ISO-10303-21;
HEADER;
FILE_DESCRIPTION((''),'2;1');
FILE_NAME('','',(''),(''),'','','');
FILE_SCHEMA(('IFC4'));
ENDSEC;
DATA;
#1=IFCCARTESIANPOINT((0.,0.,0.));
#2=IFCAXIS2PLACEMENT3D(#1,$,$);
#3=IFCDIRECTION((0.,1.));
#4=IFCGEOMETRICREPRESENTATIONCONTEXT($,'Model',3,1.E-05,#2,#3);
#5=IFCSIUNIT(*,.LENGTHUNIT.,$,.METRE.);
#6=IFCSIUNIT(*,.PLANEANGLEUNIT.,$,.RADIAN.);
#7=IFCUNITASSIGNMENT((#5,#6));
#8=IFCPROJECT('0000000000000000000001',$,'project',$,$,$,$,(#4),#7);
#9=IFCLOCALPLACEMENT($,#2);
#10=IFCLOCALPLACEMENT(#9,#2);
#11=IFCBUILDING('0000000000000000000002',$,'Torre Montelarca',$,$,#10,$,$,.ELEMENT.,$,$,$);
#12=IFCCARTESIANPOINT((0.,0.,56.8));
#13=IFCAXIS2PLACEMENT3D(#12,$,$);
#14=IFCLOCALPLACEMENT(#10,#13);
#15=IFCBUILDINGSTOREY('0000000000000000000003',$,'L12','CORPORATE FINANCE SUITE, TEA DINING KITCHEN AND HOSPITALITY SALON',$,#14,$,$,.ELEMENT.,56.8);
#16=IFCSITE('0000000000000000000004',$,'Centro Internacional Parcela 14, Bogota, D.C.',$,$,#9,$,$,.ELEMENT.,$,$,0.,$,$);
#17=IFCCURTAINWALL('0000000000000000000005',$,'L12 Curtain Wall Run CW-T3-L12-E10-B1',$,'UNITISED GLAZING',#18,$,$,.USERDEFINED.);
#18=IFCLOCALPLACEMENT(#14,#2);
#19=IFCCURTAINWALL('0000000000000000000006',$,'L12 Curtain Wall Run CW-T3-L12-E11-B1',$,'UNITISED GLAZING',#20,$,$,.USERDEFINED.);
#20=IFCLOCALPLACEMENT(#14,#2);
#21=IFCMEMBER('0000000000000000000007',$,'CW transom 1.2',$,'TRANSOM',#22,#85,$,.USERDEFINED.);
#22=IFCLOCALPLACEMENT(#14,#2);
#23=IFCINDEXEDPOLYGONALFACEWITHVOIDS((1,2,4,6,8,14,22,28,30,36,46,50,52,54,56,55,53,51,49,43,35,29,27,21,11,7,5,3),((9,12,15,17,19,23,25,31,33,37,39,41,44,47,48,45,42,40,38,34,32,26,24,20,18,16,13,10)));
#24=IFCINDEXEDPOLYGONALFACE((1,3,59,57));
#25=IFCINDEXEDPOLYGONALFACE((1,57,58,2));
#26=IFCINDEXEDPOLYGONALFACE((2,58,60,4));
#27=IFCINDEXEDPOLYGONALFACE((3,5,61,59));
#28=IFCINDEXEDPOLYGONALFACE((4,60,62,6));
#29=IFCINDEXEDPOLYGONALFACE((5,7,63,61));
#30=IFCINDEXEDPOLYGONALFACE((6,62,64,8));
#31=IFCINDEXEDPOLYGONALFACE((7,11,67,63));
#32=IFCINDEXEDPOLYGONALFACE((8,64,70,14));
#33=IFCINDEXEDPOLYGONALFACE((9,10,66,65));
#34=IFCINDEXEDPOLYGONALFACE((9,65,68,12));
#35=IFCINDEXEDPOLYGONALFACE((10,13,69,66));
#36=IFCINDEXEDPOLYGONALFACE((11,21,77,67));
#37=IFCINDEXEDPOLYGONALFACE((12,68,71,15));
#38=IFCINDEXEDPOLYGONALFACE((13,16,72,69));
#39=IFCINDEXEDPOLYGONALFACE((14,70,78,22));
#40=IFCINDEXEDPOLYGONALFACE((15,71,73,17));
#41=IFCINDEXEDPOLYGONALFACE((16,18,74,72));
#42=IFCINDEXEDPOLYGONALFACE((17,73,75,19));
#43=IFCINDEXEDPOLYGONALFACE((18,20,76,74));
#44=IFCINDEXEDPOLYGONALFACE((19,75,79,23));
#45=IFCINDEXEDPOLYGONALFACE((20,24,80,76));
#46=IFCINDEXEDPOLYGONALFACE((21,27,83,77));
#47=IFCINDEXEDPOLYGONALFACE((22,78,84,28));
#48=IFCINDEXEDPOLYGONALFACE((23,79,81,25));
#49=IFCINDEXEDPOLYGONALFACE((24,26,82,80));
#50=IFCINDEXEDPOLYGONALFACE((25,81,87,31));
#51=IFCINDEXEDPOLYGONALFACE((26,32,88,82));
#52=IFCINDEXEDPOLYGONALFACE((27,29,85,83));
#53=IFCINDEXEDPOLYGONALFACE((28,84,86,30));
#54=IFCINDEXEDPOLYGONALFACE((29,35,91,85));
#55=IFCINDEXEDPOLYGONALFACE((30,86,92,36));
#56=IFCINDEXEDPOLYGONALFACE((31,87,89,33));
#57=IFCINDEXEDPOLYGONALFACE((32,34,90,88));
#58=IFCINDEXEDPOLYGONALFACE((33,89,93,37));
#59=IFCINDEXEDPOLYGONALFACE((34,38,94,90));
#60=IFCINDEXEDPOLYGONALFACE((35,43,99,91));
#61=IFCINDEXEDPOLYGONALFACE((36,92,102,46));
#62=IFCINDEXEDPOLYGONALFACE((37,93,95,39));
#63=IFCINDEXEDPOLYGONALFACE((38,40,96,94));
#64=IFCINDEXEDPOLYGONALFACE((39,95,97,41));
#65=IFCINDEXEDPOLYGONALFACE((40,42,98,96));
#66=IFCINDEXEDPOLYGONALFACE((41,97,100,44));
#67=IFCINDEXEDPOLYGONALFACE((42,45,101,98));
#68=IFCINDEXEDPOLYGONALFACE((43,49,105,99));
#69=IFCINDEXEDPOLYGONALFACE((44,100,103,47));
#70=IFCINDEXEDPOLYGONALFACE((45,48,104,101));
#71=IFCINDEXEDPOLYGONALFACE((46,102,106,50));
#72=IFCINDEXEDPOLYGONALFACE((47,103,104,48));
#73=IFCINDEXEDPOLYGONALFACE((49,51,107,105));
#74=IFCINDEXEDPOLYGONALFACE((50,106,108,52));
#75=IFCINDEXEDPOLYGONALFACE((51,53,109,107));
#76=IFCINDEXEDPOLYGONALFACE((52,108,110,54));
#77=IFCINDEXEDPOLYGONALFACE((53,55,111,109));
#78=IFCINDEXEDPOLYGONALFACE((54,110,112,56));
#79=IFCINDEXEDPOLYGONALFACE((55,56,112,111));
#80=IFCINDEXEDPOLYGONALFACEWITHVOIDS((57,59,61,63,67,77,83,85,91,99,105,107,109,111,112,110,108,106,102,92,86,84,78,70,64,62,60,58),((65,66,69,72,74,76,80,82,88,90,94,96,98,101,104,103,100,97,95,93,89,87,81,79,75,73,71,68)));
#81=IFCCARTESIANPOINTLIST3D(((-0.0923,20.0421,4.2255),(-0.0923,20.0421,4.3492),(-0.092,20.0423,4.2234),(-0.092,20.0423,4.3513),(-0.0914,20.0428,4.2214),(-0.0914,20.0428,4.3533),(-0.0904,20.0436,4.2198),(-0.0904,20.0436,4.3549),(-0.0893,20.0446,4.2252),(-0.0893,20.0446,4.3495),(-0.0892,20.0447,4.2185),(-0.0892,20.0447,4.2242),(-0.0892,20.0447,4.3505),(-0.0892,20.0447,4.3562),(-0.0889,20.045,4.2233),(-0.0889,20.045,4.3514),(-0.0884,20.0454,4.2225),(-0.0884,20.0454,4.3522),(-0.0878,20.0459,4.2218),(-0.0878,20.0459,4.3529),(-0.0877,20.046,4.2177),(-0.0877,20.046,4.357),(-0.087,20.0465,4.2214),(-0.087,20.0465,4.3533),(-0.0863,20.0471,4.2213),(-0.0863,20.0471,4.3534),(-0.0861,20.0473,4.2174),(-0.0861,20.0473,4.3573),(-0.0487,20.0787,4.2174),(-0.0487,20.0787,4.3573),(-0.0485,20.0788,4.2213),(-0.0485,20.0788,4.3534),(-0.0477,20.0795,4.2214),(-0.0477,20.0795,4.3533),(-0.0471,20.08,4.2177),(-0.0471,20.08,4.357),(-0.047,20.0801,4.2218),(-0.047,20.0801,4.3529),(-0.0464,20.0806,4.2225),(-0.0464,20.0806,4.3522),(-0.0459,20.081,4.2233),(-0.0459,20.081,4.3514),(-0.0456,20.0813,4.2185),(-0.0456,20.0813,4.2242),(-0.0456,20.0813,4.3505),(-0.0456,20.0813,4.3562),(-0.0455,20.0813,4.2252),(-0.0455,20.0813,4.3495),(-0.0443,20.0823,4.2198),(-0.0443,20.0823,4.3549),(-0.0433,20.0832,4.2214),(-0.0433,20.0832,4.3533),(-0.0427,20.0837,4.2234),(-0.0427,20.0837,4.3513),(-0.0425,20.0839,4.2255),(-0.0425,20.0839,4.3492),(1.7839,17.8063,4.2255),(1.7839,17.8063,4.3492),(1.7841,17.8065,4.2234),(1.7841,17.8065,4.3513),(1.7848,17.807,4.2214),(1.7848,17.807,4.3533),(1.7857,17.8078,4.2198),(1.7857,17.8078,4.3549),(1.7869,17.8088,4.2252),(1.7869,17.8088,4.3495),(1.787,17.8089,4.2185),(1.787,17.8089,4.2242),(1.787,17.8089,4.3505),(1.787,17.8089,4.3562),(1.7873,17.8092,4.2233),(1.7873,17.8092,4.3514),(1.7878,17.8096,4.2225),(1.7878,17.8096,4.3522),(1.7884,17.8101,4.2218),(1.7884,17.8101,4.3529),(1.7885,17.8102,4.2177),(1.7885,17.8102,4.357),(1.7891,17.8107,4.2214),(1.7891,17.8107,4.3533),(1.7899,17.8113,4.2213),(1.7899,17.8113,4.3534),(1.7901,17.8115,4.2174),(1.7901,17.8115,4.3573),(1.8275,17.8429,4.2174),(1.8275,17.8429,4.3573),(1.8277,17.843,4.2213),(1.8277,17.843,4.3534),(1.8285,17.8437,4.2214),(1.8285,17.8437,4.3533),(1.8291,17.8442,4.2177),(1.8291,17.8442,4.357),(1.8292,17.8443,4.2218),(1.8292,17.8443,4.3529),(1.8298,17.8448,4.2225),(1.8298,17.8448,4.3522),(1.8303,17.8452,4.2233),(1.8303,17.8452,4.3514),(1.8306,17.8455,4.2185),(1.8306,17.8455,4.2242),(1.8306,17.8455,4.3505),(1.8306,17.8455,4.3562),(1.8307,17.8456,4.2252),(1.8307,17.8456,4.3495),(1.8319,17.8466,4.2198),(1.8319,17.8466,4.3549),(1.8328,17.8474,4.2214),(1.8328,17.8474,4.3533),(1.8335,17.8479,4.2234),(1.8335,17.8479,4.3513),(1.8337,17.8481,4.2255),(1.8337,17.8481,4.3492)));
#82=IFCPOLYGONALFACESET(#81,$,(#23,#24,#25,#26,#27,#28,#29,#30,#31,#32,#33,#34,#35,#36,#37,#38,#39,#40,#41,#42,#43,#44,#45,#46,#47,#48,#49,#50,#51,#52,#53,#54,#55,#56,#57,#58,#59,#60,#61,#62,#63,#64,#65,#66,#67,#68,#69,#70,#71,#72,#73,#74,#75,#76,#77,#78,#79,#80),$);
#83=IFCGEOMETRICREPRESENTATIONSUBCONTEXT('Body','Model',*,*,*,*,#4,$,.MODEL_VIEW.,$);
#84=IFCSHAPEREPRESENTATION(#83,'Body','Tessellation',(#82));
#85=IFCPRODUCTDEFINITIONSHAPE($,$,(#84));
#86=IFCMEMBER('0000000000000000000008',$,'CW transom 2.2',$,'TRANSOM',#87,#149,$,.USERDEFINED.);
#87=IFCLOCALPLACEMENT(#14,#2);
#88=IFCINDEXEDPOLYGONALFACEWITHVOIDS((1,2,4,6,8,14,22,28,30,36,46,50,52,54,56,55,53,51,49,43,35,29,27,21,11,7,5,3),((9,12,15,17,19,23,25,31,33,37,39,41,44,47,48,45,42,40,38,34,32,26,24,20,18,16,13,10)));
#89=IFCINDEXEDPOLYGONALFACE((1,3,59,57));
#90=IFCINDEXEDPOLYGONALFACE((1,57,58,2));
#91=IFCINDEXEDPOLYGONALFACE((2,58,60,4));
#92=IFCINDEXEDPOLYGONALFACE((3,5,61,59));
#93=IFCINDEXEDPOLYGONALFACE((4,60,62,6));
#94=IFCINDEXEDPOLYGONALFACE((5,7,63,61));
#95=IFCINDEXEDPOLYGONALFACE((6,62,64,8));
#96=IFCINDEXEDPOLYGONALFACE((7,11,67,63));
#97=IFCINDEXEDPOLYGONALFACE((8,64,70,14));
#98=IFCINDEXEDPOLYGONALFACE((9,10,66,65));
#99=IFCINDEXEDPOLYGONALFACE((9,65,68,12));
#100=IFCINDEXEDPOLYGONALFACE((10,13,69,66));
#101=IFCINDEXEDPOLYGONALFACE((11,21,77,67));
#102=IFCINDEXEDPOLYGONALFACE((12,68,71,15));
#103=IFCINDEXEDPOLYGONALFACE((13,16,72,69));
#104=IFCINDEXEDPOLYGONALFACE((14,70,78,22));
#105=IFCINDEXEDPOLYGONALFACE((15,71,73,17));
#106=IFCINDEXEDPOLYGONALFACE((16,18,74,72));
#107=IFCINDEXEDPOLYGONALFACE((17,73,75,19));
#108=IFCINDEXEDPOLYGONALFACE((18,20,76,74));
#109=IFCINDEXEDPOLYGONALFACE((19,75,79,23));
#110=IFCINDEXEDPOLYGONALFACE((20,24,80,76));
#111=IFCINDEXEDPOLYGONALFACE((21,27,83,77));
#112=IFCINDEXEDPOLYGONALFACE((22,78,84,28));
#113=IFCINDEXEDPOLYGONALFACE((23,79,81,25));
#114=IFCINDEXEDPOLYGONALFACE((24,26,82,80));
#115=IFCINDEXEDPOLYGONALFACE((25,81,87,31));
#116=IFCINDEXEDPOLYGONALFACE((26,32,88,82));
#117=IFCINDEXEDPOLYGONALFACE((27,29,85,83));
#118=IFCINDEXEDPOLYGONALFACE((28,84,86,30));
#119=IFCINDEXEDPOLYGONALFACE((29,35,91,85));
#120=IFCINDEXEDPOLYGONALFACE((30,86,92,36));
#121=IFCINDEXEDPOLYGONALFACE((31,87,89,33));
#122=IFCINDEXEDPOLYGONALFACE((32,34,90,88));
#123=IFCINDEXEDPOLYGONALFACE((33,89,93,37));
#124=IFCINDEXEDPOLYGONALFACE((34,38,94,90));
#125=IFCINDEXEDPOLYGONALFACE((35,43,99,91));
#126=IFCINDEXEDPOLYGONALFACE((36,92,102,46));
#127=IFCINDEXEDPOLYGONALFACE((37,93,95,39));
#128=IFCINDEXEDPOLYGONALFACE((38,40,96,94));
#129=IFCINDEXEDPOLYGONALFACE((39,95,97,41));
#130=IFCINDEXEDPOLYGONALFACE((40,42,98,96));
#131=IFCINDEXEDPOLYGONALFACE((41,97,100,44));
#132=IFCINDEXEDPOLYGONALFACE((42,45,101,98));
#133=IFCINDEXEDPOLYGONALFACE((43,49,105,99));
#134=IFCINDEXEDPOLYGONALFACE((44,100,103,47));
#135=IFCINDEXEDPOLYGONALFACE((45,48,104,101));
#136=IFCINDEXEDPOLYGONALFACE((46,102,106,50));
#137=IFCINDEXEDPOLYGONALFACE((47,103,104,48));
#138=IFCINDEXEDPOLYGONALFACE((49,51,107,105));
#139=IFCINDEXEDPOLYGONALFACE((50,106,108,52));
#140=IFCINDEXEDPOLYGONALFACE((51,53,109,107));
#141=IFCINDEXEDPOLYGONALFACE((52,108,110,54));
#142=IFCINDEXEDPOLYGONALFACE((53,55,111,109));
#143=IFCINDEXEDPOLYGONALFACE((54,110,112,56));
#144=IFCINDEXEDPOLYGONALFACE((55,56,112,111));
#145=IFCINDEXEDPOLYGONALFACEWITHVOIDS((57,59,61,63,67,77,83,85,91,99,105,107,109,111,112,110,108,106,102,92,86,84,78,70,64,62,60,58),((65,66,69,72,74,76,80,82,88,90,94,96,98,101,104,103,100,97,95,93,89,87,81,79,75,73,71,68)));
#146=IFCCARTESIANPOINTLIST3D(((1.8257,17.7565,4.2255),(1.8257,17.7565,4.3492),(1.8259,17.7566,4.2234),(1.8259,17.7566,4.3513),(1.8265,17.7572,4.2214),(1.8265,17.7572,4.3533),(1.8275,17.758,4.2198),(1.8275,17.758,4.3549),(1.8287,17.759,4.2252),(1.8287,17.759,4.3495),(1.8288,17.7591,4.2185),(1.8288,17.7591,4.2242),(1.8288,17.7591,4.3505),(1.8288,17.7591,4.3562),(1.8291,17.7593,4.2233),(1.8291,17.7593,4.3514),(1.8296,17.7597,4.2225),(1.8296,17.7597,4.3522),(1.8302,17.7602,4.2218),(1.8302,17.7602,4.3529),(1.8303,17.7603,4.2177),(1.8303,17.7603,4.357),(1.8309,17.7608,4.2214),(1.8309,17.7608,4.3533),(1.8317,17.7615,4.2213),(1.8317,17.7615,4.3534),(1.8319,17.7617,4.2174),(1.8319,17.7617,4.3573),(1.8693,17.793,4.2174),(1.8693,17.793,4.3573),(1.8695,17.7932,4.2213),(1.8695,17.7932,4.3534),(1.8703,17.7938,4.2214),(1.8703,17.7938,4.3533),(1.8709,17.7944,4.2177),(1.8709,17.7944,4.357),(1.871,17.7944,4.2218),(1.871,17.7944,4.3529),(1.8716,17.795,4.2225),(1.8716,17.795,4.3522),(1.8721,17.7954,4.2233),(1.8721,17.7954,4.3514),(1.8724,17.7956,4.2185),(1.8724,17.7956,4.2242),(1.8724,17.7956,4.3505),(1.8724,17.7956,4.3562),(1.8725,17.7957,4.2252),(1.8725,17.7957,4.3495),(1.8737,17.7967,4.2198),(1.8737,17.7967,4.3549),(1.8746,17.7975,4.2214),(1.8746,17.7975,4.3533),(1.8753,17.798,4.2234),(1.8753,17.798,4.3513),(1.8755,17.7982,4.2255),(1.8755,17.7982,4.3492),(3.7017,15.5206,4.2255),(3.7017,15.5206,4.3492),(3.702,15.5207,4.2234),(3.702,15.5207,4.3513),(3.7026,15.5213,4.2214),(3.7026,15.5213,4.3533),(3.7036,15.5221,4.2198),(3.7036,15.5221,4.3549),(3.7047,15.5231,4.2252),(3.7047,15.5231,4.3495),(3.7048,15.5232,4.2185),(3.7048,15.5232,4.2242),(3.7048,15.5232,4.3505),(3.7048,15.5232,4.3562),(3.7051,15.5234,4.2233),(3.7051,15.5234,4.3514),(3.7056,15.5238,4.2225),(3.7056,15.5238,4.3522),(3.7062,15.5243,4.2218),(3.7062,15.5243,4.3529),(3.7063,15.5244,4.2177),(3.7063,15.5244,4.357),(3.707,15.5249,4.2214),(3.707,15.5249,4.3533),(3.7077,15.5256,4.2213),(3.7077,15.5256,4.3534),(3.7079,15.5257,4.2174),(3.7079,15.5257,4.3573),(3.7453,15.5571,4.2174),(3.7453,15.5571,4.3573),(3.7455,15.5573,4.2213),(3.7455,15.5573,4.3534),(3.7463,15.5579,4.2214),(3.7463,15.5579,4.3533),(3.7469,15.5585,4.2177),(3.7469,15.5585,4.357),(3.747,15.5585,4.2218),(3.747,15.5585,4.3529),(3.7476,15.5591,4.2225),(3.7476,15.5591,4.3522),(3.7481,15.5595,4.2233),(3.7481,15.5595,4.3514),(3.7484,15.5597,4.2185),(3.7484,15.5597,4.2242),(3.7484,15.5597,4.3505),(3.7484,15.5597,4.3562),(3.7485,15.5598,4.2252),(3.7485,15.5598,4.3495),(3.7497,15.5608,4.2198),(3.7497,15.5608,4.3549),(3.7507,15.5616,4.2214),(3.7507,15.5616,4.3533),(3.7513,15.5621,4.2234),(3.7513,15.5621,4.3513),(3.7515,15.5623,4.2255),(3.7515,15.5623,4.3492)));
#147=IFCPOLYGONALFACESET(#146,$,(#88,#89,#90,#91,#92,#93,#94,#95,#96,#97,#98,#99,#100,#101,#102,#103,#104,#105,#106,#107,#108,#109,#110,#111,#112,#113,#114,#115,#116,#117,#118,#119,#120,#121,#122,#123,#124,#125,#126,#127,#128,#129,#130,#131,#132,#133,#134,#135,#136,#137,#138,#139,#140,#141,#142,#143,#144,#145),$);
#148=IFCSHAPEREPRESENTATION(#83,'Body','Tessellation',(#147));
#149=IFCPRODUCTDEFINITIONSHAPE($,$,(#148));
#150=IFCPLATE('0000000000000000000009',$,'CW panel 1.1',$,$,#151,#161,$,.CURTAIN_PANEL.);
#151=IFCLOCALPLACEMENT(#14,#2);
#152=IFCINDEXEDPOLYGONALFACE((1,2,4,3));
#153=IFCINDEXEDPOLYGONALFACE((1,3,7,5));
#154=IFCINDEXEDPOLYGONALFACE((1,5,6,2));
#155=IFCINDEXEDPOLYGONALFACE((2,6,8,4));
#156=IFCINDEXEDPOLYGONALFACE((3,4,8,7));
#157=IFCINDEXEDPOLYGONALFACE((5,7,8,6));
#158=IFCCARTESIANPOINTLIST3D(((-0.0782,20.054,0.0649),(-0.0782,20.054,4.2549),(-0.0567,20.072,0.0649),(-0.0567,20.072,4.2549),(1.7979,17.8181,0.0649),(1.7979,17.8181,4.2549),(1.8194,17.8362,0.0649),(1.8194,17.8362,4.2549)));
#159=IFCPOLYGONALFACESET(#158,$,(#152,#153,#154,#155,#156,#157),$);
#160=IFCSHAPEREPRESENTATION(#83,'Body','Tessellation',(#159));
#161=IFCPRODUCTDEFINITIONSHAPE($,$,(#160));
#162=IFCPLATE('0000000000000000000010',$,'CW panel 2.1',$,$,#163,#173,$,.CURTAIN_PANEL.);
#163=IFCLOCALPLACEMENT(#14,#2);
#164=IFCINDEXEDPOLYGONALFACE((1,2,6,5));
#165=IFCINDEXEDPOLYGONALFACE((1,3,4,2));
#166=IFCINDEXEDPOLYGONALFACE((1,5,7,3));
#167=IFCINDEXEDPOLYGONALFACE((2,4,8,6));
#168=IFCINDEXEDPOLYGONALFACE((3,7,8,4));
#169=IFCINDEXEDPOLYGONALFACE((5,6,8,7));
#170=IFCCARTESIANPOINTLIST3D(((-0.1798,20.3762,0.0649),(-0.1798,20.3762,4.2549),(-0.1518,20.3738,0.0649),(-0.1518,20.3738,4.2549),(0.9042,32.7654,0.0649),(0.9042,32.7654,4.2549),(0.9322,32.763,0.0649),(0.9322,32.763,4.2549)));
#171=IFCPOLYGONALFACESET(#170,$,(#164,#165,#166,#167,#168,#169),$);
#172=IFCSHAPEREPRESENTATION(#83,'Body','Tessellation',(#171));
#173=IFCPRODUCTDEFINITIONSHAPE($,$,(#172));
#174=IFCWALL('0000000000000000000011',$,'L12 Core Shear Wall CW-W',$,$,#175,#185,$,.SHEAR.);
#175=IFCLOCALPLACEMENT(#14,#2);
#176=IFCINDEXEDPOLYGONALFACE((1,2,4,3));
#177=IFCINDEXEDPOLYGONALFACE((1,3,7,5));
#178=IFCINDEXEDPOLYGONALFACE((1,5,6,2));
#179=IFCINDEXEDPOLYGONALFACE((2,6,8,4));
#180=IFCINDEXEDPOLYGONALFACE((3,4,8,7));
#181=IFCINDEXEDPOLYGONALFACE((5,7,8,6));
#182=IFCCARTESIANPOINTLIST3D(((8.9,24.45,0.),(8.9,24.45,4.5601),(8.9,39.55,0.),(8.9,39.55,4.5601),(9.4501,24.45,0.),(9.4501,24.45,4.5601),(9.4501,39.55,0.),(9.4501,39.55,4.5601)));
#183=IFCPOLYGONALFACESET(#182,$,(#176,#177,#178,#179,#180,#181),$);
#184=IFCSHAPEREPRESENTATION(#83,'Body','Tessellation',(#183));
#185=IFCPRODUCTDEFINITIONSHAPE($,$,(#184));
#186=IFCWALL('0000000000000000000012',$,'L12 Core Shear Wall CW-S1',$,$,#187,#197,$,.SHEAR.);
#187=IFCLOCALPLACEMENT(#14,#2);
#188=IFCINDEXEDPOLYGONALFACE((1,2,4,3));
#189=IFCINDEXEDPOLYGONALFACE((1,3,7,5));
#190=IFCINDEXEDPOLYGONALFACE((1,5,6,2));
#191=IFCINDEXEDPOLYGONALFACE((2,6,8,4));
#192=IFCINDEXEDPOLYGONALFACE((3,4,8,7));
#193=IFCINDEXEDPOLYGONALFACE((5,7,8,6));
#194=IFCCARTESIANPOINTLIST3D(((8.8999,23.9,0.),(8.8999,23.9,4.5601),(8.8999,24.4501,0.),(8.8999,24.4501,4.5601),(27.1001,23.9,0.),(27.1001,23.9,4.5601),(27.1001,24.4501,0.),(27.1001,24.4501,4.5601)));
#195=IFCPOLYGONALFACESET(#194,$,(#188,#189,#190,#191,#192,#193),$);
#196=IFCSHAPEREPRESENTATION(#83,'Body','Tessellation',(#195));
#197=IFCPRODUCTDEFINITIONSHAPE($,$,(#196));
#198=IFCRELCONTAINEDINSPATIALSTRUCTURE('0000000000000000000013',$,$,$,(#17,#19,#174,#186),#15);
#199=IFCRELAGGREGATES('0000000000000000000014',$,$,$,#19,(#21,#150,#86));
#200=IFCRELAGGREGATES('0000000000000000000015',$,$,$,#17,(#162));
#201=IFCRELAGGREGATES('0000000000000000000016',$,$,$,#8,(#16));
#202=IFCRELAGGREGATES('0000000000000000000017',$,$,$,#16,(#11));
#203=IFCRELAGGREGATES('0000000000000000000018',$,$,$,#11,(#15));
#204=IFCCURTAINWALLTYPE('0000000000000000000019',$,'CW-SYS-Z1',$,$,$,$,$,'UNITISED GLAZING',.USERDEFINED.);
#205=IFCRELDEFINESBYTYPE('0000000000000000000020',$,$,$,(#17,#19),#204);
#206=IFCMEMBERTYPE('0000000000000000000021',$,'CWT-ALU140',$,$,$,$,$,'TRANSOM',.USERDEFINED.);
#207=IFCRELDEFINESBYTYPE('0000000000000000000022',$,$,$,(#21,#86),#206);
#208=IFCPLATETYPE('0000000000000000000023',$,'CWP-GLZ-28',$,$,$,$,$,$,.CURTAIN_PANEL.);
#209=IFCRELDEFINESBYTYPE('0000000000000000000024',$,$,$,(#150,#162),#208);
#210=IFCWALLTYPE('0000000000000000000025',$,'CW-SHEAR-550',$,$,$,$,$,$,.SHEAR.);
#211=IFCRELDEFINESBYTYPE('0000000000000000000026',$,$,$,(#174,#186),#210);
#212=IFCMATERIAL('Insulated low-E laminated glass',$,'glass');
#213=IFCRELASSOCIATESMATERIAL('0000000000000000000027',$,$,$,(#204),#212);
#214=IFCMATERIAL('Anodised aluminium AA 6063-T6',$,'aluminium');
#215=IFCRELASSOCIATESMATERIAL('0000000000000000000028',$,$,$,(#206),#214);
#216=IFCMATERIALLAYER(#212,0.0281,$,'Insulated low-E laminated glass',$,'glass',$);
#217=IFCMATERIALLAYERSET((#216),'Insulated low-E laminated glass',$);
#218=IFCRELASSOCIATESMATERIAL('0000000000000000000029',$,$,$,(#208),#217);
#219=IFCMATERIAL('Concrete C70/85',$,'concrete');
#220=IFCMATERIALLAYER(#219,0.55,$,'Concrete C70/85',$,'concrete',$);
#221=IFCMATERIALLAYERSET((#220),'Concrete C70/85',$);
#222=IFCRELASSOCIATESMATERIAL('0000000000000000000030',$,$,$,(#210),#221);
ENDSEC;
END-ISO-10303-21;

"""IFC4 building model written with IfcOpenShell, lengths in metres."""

from ifc_helpers import new_model, si_unit, direction, frame, frame_2d, origin, origin_2d, place, context, subcontext, project, spatial, rectangle, hollow_rectangle, extrude, source, transform, mapped, material, layer, layer_set, material_profile, profile_set, type_object, element, aggregate, save


model = new_model("IFC4")

# Units and contexts
model_context = context("Model", 3, precision=1e-05, world=origin(), true_north=direction((0.0, 1.0)))
body_context = subcontext(model_context, "Body", "Model", "MODEL_VIEW")
ifc_project = project(units=[si_unit("LENGTHUNIT", "METRE"), si_unit("PLANEANGLEUNIT", "RADIAN")], contexts=[model_context])

# Site, building, storey
site_placement = place(None, origin())
site = spatial("IfcSite", under=ifc_project, at=site_placement, Name="Centro Internacional Parcela 14, Bogota, D.C.", CompositionType="ELEMENT", RefElevation=0.0)
building_placement = place(site_placement, origin())
building = spatial("IfcBuilding", under=site, at=building_placement, Name="Torre Montelarca", CompositionType="ELEMENT")
storey_placement = place(building_placement, frame((0.0, 0.0, 56.8)))
storey = spatial("IfcBuildingStorey", under=building, at=storey_placement, Name="L12", Description="CORPORATE FINANCE SUITE, TEA DINING KITCHEN AND HOSPITALITY SALON", CompositionType="ELEMENT", Elevation=56.8)

# Shared definitions
ifc_material_1 = material(Name="Concrete C70/85", Category="concrete")

# Curtain wall
ifc_material_2 = material(Name="Insulated low-E laminated glass", Category="glass")
curtain_wall_type = type_object("IfcCurtainWallType", Name="CW-SYS-Z1", ElementType="UNITISED GLAZING", PredefinedType="USERDEFINED", material=ifc_material_2)
curtain_wall_1_placement = place(storey_placement, origin())
curtain_wall_1 = element("IfcCurtainWall", 1, at=curtain_wall_1_placement, inside=storey, type_object=curtain_wall_type, Name="L12 Curtain Wall Run CW-T3-L12-E10-B1", ObjectType="UNITISED GLAZING", PredefinedType="USERDEFINED")
ifc_material_3 = material(Name="Anodised aluminium AA 6063-T6", Category="aluminium")

# Curtain wall, members, plate
curtain_wall_2_placement = place(storey_placement, origin())
curtain_wall_2 = element("IfcCurtainWall", 2, at=curtain_wall_2_placement, inside=storey, type_object=curtain_wall_type, Name="L12 Curtain Wall Run CW-T3-L12-E11-B1", ObjectType="UNITISED GLAZING", PredefinedType="USERDEFINED")
ifc_material_profile_1 = material_profile(ifc_material_3, hollow_rectangle(XDim=0.0649, YDim=0.1399, WallThickness=0.0039, InnerFilletRadius=0.0039, OuterFilletRadius=0.0081, at=origin_2d()), Name="ALU65X140X4", Category="aluminium")
ifc_profile_set_1 = profile_set([ifc_material_profile_1], Name="Anodised aluminium AA 6063-T6")
member_type_1 = type_object("IfcMemberType", Name="CWT-ALU140", ElementType="TRANSOM", PredefinedType="USERDEFINED", material=ifc_profile_set_1)
shared_shape_1 = source(origin(), body_context, "Body", "SweptSolid", [
    extrude(hollow_rectangle(XDim=0.0649, YDim=0.1399, WallThickness=0.0039, InnerFilletRadius=0.0039, OuterFilletRadius=0.0081, at=origin_2d()), origin(), (0.0, 0.0, 1.0), 2.9187),
])
member_1_placement = place(storey_placement, frame((-0.0674, 20.063, 4.2874), z_axis=(0.642813, -0.766023, 0.0), x_axis=(0.766023, 0.642813, 0.0)))
member_1 = element("IfcMember", 3, at=member_1_placement, type_object=member_type_1, Name="CW transom 1.2", ObjectType="TRANSOM", PredefinedType="USERDEFINED", context=body_context, shape_type="MappedRepresentation", body=[
    mapped(shared_shape_1, transform((0.0, 0.0, 0.0), scale=1.0)),
])
member_2_placement = place(storey_placement, frame((1.8506, 17.7773, 4.2874), z_axis=(0.642764, -0.766064, 0.0), x_axis=(0.766064, 0.642764, 0.0)))
member_2 = element("IfcMember", 4, at=member_2_placement, type_object=member_type_1, Name="CW transom 2.2", ObjectType="TRANSOM", PredefinedType="USERDEFINED", context=body_context, shape_type="MappedRepresentation", body=[
    mapped(shared_shape_1, transform((0.0, 0.0, 0.0), scale=1.0)),
])
ifc_layer_1 = layer(ifc_material_2, 0.0281, Name="Insulated low-E laminated glass", Category="glass")
ifc_layer_set_1 = layer_set([ifc_layer_1], Name="Insulated low-E laminated glass")
plate_type = type_object("IfcPlateType", Name="CWP-GLZ-28", PredefinedType="CURTAIN_PANEL", material=ifc_layer_set_1)
shared_shape_2 = source(origin(), body_context, "Body", "SweptSolid", [
    extrude(rectangle(XDim=2.9187, YDim=0.0281, at=origin_2d()), origin(), (0.0, 0.0, 1.0), 4.1899),
])
plate_1_placement = place(storey_placement, frame((0.8706, 18.9451, 0.0649), z_axis=(0.0, 0.0, 1.0), x_axis=(0.64279, -0.766043, 0.0)))
plate_1 = element("IfcPlate", 5, at=plate_1_placement, type_object=plate_type, Name="CW panel 1.1", PredefinedType="CURTAIN_PANEL", context=body_context, shape_type="MappedRepresentation", body=[
    mapped(shared_shape_2, transform((0.0, 0.0, 0.0), scale=1.0)),
])
aggregate(curtain_wall_2, [member_1, plate_1, member_2])

# Plate
shared_shape_3 = source(origin(), body_context, "Body", "SweptSolid", [
    extrude(rectangle(XDim=12.4365, YDim=0.0281, at=origin_2d()), origin(), (0.0, 0.0, 1.0), 4.1899),
])
plate_2_placement = place(storey_placement, frame((0.3762, 26.5696, 0.0649), z_axis=(0.0, 0.0, 1.0), x_axis=(-0.087162, -0.996194, 0.0)))
plate_2 = element("IfcPlate", 6, at=plate_2_placement, type_object=plate_type, Name="CW panel 2.1", PredefinedType="CURTAIN_PANEL", context=body_context, shape_type="MappedRepresentation", body=[
    mapped(shared_shape_3, transform((0.0, 0.0, 0.0), scale=1.0)),
])
aggregate(curtain_wall_1, [plate_2])

# Walls
ifc_layer_2 = layer(ifc_material_1, 0.55, Name="Concrete C70/85", Category="concrete")
ifc_layer_set_2 = layer_set([ifc_layer_2], Name="Concrete C70/85")
wall_type_1 = type_object("IfcWallType", Name="CW-SHEAR-550", PredefinedType="SHEAR", material=ifc_layer_set_2)
wall_1_placement = place(storey_placement, frame((9.175, 24.45, 0.0), z_axis=(0.0, 0.0, 1.0), x_axis=(0.0, 1.0, 0.0)))
element("IfcWall", 7, at=wall_1_placement, inside=storey, type_object=wall_type_1, Name="L12 Core Shear Wall CW-W", PredefinedType="SHEAR", context=body_context, shape_type="SweptSolid", body=[
    extrude(rectangle(XDim=15.1001, YDim=0.55, at=frame_2d((7.55, 0.0))), origin(), (0.0, 0.0, 1.0), 4.5601),
])
wall_2_placement = place(storey_placement, frame((8.8999, 24.175, 0.0), z_axis=(0.0, 0.0, 1.0), x_axis=(1.0, 0.0, 0.0)))
element("IfcWall", 8, at=wall_2_placement, inside=storey, type_object=wall_type_1, Name="L12 Core Shear Wall CW-S1", PredefinedType="SHEAR", context=body_context, shape_type="SweptSolid", body=[
    extrude(rectangle(XDim=18.2002, YDim=0.55, at=frame_2d((9.1001, 0.0))), origin(), (0.0, 0.0, 1.0), 4.5601),
])

save(model, "model.ifc")
